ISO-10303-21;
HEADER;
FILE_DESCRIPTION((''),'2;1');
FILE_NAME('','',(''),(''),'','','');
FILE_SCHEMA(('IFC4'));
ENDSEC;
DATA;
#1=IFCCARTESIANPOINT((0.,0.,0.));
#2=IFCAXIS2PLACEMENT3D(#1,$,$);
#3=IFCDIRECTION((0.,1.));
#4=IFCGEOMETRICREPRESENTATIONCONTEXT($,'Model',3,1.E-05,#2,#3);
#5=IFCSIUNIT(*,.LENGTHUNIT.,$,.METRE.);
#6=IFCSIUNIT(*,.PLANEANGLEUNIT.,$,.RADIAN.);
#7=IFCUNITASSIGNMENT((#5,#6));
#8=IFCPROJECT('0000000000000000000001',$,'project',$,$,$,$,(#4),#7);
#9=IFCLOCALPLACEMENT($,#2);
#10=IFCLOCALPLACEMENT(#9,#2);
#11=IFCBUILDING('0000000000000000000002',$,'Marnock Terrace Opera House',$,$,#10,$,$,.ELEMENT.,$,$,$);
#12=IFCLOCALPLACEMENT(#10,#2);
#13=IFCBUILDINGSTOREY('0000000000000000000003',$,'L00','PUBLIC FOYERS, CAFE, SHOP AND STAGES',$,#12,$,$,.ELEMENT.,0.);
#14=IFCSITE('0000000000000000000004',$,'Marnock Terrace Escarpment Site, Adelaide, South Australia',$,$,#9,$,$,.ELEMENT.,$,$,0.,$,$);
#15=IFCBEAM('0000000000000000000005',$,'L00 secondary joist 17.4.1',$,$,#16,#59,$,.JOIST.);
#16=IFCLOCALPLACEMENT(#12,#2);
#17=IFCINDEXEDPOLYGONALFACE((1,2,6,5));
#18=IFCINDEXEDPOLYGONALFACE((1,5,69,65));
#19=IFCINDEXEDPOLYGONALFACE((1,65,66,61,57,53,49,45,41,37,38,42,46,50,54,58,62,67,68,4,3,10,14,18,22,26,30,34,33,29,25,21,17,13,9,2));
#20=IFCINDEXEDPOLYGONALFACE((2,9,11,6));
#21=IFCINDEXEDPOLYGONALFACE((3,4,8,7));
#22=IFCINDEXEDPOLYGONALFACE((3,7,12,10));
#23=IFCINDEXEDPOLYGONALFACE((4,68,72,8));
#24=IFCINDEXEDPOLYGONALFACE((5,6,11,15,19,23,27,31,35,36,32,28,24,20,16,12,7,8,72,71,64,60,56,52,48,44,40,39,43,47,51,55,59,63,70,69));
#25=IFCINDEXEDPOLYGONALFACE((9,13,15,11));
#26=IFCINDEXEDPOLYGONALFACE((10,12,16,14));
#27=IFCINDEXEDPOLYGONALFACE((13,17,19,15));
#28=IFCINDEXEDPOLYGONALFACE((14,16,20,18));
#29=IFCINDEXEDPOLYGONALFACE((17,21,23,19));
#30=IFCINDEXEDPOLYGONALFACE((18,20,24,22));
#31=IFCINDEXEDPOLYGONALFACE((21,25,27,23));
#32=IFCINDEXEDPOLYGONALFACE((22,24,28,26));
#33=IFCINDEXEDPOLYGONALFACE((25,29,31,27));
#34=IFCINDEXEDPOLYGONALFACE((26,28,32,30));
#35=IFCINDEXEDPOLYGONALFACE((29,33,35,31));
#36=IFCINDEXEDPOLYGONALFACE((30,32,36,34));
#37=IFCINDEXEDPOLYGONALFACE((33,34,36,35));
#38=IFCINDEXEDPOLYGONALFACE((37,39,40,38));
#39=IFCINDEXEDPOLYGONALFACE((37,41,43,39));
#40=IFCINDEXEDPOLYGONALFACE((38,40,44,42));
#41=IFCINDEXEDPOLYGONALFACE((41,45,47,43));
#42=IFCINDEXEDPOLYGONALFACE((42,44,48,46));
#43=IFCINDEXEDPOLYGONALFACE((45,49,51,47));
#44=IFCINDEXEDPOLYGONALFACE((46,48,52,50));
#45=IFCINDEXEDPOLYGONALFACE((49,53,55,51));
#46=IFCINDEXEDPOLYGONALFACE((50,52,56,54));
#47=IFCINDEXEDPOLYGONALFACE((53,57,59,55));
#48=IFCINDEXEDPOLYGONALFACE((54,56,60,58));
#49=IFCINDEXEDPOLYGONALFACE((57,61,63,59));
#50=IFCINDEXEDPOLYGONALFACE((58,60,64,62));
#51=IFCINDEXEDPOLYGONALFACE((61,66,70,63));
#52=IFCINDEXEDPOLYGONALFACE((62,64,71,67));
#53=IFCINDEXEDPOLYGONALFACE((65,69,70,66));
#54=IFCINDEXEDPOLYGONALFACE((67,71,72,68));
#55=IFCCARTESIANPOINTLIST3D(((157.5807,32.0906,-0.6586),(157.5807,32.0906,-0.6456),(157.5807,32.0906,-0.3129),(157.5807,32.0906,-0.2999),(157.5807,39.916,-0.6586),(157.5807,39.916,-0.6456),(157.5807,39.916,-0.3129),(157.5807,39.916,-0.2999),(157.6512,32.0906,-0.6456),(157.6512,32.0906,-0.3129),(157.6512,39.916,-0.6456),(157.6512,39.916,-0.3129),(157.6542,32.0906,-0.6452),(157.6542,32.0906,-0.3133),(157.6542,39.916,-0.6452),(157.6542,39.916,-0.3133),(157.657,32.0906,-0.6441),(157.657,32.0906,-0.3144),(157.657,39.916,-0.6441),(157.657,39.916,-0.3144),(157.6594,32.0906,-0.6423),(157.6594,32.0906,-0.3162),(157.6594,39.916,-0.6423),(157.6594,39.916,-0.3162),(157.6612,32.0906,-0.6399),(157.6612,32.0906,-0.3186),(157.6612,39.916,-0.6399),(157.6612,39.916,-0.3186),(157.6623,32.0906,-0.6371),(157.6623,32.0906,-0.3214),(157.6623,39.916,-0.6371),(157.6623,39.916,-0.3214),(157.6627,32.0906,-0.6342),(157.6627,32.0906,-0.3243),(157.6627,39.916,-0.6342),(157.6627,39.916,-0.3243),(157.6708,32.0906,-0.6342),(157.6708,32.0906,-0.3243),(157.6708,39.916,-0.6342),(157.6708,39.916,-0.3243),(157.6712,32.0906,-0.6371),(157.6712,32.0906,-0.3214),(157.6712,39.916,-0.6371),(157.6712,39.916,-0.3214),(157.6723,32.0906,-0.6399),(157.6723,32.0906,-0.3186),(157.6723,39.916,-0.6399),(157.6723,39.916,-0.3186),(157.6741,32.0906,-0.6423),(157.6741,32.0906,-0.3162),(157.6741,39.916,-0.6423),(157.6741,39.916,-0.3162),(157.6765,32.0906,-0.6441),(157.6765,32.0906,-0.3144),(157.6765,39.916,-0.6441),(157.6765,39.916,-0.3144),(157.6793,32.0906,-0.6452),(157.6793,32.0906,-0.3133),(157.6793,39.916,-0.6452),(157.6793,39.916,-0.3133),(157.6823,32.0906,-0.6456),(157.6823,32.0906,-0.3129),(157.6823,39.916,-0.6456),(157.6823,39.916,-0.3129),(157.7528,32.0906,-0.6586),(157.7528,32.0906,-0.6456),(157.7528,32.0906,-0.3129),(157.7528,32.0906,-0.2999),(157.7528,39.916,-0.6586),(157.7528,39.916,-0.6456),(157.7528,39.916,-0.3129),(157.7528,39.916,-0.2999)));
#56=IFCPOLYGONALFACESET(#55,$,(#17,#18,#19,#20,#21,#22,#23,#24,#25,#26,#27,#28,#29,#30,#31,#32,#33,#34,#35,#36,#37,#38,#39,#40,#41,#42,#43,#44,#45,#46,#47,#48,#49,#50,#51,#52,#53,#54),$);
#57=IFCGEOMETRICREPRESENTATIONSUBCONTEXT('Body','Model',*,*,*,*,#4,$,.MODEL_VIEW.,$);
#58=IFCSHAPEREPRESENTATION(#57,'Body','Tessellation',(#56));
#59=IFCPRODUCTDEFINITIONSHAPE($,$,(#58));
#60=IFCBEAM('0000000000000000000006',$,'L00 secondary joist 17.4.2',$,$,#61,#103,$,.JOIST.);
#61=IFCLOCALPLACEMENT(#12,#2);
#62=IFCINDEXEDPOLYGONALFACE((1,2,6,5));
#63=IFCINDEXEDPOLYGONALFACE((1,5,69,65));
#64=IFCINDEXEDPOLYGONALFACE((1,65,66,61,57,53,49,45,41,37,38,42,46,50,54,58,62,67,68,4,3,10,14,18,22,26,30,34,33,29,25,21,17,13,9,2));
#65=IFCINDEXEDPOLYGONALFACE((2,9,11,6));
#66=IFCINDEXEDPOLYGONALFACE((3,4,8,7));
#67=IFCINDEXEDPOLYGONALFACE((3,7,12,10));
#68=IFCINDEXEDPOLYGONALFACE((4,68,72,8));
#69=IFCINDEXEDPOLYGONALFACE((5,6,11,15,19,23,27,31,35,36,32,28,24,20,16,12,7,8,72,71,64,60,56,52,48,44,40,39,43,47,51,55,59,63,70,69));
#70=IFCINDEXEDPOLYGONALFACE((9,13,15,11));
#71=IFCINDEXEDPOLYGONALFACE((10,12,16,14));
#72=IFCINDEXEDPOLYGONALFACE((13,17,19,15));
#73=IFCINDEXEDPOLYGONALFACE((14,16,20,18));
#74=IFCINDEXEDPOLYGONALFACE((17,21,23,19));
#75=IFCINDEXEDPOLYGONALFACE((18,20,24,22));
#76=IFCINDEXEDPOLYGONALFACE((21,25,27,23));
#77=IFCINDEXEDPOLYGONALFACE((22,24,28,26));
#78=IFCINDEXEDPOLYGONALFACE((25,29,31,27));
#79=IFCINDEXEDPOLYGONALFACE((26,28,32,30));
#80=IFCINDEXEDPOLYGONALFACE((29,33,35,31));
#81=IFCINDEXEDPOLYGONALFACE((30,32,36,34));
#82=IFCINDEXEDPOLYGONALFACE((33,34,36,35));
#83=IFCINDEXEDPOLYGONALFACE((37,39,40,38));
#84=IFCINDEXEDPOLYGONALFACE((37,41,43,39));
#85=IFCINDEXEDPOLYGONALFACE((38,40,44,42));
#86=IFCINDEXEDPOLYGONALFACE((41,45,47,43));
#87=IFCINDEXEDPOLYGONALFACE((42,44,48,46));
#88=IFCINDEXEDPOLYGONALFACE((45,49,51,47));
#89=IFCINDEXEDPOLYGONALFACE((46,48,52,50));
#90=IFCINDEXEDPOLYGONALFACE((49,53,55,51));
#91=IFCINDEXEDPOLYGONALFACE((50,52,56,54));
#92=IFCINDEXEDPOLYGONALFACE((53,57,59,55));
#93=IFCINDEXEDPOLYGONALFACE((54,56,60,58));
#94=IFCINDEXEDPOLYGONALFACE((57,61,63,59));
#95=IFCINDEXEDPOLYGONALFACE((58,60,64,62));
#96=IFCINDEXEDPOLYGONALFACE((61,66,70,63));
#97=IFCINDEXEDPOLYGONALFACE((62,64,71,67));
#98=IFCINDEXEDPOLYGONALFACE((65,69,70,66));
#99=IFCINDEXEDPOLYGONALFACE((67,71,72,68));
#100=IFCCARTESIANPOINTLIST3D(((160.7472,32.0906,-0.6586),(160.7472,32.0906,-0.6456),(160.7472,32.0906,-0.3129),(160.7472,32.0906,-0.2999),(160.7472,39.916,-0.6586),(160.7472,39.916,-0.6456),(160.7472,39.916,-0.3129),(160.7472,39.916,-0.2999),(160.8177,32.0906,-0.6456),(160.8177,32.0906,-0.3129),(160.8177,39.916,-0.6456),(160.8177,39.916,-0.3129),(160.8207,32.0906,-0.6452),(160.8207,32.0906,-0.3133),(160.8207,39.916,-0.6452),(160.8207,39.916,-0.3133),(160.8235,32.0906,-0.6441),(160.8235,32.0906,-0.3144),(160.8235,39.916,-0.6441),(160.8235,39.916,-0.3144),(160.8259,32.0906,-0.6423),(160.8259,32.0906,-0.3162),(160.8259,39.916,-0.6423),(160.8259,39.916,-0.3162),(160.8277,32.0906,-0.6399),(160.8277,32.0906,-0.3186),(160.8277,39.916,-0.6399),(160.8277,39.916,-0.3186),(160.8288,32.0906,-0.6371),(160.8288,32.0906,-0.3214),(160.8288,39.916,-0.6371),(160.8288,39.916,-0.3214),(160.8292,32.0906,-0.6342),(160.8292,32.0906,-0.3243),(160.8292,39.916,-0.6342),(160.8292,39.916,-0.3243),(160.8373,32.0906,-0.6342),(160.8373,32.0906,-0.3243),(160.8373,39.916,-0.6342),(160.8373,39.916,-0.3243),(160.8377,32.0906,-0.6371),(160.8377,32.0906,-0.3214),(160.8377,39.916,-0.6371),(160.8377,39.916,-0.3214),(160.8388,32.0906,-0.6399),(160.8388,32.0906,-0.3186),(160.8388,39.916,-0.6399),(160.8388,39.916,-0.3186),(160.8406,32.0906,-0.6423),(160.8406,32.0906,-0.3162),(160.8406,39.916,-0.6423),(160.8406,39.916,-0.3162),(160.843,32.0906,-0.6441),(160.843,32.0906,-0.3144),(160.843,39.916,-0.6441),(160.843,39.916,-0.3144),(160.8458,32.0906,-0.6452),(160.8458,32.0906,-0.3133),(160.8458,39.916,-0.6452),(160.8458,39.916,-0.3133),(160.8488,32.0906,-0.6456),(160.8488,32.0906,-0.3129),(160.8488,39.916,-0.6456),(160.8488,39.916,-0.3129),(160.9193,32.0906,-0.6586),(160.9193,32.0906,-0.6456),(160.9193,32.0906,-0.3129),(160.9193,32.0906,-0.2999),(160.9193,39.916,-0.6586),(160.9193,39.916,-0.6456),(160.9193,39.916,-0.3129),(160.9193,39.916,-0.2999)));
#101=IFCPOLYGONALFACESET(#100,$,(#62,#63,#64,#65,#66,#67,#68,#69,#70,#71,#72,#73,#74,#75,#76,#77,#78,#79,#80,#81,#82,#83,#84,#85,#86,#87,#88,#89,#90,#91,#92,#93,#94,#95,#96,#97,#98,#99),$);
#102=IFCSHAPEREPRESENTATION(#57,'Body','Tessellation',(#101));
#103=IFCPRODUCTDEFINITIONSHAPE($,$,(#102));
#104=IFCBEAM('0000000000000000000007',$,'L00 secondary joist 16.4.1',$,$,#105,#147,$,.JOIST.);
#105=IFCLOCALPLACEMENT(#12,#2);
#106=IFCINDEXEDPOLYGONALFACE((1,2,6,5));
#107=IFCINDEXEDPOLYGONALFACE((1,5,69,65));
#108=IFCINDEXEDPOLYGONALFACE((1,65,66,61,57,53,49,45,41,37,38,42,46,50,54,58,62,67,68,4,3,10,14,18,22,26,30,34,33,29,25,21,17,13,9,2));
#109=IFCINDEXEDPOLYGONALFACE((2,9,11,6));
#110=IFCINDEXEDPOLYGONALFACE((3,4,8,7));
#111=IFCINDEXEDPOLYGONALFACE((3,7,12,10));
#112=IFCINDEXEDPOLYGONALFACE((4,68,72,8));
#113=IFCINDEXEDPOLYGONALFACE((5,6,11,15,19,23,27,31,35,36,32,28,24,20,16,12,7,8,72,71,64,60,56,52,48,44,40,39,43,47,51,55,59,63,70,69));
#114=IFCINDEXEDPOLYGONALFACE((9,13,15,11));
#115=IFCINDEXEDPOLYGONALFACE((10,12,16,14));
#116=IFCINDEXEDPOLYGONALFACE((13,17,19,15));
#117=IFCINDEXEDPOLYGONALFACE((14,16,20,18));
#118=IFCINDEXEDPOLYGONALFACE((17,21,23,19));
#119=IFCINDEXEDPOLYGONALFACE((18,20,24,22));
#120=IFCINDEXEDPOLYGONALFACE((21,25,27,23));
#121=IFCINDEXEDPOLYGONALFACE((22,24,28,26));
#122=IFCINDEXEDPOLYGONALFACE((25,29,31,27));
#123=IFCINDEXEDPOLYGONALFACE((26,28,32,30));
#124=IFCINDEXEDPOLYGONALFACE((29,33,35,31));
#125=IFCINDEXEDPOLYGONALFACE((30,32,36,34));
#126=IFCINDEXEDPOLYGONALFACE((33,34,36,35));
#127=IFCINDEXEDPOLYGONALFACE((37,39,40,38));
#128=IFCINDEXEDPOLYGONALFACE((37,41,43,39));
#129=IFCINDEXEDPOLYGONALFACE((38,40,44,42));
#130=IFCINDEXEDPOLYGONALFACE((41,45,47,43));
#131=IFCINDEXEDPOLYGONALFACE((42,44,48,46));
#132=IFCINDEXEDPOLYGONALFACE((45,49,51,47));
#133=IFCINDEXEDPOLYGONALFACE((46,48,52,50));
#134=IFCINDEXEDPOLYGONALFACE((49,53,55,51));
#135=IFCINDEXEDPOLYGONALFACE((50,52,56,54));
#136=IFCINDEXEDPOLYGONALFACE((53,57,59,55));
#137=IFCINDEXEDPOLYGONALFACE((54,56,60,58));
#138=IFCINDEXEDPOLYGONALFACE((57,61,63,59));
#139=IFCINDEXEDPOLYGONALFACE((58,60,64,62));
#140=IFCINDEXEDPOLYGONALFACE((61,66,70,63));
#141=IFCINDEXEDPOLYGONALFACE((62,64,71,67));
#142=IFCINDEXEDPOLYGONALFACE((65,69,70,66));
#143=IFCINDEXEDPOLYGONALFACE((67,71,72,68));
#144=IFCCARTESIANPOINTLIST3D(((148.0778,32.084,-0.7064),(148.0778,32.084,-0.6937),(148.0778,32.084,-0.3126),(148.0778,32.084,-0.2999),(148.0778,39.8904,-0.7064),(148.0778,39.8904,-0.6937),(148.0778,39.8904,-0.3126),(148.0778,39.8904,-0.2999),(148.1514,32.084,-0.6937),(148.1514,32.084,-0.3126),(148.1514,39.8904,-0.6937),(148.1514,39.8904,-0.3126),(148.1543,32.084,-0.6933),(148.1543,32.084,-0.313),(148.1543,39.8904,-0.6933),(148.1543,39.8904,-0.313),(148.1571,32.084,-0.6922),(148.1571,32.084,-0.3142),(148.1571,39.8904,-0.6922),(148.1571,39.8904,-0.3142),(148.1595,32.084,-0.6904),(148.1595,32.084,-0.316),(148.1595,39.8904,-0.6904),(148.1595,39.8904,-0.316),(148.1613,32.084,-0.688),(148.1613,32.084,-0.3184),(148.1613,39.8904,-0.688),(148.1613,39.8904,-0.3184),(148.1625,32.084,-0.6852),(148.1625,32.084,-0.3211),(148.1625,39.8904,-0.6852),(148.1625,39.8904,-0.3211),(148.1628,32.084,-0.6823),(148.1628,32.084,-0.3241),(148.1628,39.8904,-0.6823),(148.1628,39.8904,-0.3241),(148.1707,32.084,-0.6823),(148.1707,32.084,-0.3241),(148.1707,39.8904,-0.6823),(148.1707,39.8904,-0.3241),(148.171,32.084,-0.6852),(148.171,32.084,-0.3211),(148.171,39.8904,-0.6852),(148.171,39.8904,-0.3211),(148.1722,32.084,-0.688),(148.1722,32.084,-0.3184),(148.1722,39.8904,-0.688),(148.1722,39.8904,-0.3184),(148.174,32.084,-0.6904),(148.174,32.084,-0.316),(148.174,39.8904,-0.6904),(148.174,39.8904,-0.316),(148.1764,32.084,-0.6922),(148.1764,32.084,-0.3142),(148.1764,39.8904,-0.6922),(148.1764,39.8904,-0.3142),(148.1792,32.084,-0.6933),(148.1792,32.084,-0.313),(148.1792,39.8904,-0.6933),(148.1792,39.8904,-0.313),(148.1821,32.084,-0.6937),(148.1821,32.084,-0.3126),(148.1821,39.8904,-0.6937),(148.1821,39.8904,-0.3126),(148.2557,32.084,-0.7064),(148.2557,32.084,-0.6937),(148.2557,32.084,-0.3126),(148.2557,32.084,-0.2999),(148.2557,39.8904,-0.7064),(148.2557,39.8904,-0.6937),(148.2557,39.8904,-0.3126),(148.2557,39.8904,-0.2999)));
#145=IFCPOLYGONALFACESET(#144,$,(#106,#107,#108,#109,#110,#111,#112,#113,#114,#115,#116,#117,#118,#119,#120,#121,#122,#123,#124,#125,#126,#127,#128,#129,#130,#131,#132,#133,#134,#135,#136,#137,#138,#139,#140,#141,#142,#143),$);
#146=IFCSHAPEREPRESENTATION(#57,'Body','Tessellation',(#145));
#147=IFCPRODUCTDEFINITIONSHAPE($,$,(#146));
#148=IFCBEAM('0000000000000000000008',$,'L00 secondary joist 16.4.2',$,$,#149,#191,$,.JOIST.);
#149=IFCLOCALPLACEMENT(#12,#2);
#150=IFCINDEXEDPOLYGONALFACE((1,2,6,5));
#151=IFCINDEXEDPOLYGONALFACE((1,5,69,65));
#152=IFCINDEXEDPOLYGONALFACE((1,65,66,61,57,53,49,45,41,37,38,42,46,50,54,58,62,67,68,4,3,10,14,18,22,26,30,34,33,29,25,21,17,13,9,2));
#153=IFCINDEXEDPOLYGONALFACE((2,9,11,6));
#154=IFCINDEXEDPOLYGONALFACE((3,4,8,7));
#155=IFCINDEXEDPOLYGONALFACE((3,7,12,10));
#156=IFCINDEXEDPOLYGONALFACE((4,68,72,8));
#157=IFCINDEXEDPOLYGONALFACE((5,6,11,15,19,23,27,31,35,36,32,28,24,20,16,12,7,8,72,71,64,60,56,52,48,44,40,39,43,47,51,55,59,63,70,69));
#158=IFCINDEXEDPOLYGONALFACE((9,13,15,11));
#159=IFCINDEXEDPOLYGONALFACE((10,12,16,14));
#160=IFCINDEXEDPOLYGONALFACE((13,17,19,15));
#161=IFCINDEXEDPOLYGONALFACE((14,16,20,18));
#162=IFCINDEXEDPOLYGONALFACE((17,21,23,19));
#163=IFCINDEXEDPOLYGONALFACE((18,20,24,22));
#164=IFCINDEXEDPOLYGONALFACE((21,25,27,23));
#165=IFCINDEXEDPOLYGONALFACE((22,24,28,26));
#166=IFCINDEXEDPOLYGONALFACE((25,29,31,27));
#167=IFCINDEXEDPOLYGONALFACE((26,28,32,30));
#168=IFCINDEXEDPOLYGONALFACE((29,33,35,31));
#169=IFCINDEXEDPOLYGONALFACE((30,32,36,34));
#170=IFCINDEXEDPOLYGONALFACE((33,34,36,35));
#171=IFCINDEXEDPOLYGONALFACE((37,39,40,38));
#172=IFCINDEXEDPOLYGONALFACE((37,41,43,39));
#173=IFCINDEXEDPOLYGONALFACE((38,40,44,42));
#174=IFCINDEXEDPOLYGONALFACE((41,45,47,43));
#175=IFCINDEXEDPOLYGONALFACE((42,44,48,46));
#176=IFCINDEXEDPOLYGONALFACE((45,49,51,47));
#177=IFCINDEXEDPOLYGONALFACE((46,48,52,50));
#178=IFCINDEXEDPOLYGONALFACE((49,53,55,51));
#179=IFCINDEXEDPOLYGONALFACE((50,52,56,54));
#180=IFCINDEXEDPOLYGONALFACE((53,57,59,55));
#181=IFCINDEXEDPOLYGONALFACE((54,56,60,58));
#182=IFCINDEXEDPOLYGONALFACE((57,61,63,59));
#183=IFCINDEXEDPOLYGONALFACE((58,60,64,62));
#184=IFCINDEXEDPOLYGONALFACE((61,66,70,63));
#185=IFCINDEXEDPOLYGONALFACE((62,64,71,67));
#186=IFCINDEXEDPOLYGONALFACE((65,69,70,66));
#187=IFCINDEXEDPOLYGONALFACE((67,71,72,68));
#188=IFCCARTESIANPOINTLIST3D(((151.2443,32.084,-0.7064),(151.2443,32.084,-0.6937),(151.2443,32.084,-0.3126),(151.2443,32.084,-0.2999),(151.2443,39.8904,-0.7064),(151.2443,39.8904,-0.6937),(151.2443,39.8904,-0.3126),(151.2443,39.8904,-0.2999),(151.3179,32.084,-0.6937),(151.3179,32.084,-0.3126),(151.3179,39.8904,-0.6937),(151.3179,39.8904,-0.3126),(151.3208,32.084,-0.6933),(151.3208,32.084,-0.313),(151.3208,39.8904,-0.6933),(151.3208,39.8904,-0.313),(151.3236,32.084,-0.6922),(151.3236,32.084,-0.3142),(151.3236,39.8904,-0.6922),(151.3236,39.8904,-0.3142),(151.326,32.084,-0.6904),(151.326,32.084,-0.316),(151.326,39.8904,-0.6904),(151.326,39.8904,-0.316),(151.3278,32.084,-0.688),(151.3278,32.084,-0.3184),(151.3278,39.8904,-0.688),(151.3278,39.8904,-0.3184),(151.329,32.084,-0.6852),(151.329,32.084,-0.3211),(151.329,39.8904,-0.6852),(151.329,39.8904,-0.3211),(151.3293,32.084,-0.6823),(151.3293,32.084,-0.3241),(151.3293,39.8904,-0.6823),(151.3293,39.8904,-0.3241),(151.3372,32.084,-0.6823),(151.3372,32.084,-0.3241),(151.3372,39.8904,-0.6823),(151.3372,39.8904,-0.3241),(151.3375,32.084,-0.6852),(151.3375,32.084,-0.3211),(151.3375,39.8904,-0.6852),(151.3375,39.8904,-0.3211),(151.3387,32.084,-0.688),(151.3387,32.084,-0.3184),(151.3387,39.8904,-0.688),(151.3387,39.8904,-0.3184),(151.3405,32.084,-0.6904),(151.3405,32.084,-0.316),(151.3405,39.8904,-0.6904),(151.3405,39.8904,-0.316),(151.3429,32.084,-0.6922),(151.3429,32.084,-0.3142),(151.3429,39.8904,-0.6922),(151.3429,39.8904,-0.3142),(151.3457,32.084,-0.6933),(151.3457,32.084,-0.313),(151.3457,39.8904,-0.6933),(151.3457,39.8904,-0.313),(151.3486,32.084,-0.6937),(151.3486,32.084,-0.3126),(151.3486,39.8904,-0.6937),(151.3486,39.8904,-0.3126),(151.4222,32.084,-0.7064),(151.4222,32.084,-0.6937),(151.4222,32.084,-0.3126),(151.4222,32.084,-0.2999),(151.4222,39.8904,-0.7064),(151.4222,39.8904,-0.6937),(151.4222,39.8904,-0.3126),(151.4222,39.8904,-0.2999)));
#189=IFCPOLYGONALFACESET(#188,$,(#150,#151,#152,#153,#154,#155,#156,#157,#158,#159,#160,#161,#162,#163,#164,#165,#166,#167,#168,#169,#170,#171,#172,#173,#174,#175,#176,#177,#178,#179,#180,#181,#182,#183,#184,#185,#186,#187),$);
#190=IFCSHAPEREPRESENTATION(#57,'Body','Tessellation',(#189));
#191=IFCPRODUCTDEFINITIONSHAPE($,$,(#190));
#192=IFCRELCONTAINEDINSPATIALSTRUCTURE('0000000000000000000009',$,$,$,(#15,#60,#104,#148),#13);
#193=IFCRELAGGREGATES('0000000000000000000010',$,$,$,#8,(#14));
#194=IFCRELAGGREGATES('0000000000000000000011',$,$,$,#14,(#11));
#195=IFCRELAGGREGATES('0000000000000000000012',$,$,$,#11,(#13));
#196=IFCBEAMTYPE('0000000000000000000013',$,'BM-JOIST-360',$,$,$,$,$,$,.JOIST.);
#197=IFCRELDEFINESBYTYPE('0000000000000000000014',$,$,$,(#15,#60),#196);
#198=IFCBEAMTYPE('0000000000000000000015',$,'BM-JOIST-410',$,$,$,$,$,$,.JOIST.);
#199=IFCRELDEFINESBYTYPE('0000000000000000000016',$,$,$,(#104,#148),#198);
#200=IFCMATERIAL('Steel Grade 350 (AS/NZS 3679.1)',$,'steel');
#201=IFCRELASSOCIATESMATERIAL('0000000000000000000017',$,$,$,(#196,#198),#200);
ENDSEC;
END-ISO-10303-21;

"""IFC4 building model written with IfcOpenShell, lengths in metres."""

from ifc_helpers import new_model, si_unit, direction, frame, origin, origin_2d, place, context, subcontext, project, spatial, i_section, extrude, material, material_profile, profile_set, type_object, element, save


model = new_model("IFC4")

# Units and contexts
model_context = context("Model", 3, precision=1e-05, world=origin(), true_north=direction((0.0, 1.0)))
body_context = subcontext(model_context, "Body", "Model", "MODEL_VIEW")
ifc_project = project(units=[si_unit("LENGTHUNIT", "METRE"), si_unit("PLANEANGLEUNIT", "RADIAN")], contexts=[model_context])

# Site, building, storey
site_placement = place(None, origin())
site = spatial("IfcSite", under=ifc_project, at=site_placement, Name="Marnock Terrace Escarpment Site, Adelaide, South Australia", CompositionType="ELEMENT", RefElevation=0.0)
building_placement = place(site_placement, origin())
building = spatial("IfcBuilding", under=site, at=building_placement, Name="Marnock Terrace Opera House", CompositionType="ELEMENT")
storey_placement = place(building_placement, origin())
storey = spatial("IfcBuildingStorey", under=building, at=storey_placement, Name="L00", Description="PUBLIC FOYERS, CAFE, SHOP AND STAGES", CompositionType="ELEMENT", Elevation=0.0)

# Shared definitions
ifc_material_1 = material(Name="Steel Grade 350 (AS/NZS 3679.1)", Category="steel")

# Beams
ifc_material_profile_1 = material_profile(ifc_material_1, i_section(OverallWidth=0.1721, OverallDepth=0.3586, WebThickness=0.0081, FlangeThickness=0.0129, FilletRadius=0.0115, at=origin_2d()))
ifc_profile_set_1 = profile_set([ifc_material_profile_1], Name="Steel Grade 350 (AS/NZS 3679.1)")
beam_type_1 = type_object("IfcBeamType", Name="BM-JOIST-360", PredefinedType="JOIST", material=ifc_profile_set_1)
for number, where, z_axis, x_axis, name in (
    (1, (157.6667, 32.0906, -0.4792), (0.0, 1.0, 0.0), (-1.0, 0.0, 0.0), "L00 secondary joist 17.4.1"),
    (2, (160.8333, 32.0906, -0.4792), (0.0, 1.0, 0.0), (-1.0, 0.0, 0.0), "L00 secondary joist 17.4.2"),
):
    element("IfcBeam", number, at=place(storey_placement, frame(where, z_axis=z_axis, x_axis=x_axis)), inside=storey, type_object=beam_type_1, Name=name, PredefinedType="JOIST", context=body_context, shape_type="SweptSolid", body=[
        extrude(i_section(OverallWidth=0.1721, OverallDepth=0.3586, WebThickness=0.0081, FlangeThickness=0.0129, FilletRadius=0.0115, at=origin_2d()), origin(), (0.0, 0.0, 1.0), 7.8254),
    ])
ifc_material_profile_2 = material_profile(ifc_material_1, i_section(OverallWidth=0.178, OverallDepth=0.4065, WebThickness=0.0078, FlangeThickness=0.0127, FilletRadius=0.0115, at=origin_2d()))
ifc_profile_set_2 = profile_set([ifc_material_profile_2], Name="Steel Grade 350 (AS/NZS 3679.1)")
beam_type_2 = type_object("IfcBeamType", Name="BM-JOIST-410", PredefinedType="JOIST", material=ifc_profile_set_2)
for number, where, z_axis, x_axis, name in (
    (3, (148.1667, 32.084, -0.5032), (0.0, 1.0, 0.0), (-1.0, 0.0, 0.0), "L00 secondary joist 16.4.1"),
    (4, (151.3333, 32.084, -0.5032), (0.0, 1.0, 0.0), (-1.0, 0.0, 0.0), "L00 secondary joist 16.4.2"),
):
    element("IfcBeam", number, at=place(storey_placement, frame(where, z_axis=z_axis, x_axis=x_axis)), inside=storey, type_object=beam_type_2, Name=name, PredefinedType="JOIST", context=body_context, shape_type="SweptSolid", body=[
        extrude(i_section(OverallWidth=0.178, OverallDepth=0.4065, WebThickness=0.0078, FlangeThickness=0.0127, FilletRadius=0.0115, at=origin_2d()), origin(), (0.0, 0.0, 1.0), 7.8064),
    ])

save(model, "model.ifc")
